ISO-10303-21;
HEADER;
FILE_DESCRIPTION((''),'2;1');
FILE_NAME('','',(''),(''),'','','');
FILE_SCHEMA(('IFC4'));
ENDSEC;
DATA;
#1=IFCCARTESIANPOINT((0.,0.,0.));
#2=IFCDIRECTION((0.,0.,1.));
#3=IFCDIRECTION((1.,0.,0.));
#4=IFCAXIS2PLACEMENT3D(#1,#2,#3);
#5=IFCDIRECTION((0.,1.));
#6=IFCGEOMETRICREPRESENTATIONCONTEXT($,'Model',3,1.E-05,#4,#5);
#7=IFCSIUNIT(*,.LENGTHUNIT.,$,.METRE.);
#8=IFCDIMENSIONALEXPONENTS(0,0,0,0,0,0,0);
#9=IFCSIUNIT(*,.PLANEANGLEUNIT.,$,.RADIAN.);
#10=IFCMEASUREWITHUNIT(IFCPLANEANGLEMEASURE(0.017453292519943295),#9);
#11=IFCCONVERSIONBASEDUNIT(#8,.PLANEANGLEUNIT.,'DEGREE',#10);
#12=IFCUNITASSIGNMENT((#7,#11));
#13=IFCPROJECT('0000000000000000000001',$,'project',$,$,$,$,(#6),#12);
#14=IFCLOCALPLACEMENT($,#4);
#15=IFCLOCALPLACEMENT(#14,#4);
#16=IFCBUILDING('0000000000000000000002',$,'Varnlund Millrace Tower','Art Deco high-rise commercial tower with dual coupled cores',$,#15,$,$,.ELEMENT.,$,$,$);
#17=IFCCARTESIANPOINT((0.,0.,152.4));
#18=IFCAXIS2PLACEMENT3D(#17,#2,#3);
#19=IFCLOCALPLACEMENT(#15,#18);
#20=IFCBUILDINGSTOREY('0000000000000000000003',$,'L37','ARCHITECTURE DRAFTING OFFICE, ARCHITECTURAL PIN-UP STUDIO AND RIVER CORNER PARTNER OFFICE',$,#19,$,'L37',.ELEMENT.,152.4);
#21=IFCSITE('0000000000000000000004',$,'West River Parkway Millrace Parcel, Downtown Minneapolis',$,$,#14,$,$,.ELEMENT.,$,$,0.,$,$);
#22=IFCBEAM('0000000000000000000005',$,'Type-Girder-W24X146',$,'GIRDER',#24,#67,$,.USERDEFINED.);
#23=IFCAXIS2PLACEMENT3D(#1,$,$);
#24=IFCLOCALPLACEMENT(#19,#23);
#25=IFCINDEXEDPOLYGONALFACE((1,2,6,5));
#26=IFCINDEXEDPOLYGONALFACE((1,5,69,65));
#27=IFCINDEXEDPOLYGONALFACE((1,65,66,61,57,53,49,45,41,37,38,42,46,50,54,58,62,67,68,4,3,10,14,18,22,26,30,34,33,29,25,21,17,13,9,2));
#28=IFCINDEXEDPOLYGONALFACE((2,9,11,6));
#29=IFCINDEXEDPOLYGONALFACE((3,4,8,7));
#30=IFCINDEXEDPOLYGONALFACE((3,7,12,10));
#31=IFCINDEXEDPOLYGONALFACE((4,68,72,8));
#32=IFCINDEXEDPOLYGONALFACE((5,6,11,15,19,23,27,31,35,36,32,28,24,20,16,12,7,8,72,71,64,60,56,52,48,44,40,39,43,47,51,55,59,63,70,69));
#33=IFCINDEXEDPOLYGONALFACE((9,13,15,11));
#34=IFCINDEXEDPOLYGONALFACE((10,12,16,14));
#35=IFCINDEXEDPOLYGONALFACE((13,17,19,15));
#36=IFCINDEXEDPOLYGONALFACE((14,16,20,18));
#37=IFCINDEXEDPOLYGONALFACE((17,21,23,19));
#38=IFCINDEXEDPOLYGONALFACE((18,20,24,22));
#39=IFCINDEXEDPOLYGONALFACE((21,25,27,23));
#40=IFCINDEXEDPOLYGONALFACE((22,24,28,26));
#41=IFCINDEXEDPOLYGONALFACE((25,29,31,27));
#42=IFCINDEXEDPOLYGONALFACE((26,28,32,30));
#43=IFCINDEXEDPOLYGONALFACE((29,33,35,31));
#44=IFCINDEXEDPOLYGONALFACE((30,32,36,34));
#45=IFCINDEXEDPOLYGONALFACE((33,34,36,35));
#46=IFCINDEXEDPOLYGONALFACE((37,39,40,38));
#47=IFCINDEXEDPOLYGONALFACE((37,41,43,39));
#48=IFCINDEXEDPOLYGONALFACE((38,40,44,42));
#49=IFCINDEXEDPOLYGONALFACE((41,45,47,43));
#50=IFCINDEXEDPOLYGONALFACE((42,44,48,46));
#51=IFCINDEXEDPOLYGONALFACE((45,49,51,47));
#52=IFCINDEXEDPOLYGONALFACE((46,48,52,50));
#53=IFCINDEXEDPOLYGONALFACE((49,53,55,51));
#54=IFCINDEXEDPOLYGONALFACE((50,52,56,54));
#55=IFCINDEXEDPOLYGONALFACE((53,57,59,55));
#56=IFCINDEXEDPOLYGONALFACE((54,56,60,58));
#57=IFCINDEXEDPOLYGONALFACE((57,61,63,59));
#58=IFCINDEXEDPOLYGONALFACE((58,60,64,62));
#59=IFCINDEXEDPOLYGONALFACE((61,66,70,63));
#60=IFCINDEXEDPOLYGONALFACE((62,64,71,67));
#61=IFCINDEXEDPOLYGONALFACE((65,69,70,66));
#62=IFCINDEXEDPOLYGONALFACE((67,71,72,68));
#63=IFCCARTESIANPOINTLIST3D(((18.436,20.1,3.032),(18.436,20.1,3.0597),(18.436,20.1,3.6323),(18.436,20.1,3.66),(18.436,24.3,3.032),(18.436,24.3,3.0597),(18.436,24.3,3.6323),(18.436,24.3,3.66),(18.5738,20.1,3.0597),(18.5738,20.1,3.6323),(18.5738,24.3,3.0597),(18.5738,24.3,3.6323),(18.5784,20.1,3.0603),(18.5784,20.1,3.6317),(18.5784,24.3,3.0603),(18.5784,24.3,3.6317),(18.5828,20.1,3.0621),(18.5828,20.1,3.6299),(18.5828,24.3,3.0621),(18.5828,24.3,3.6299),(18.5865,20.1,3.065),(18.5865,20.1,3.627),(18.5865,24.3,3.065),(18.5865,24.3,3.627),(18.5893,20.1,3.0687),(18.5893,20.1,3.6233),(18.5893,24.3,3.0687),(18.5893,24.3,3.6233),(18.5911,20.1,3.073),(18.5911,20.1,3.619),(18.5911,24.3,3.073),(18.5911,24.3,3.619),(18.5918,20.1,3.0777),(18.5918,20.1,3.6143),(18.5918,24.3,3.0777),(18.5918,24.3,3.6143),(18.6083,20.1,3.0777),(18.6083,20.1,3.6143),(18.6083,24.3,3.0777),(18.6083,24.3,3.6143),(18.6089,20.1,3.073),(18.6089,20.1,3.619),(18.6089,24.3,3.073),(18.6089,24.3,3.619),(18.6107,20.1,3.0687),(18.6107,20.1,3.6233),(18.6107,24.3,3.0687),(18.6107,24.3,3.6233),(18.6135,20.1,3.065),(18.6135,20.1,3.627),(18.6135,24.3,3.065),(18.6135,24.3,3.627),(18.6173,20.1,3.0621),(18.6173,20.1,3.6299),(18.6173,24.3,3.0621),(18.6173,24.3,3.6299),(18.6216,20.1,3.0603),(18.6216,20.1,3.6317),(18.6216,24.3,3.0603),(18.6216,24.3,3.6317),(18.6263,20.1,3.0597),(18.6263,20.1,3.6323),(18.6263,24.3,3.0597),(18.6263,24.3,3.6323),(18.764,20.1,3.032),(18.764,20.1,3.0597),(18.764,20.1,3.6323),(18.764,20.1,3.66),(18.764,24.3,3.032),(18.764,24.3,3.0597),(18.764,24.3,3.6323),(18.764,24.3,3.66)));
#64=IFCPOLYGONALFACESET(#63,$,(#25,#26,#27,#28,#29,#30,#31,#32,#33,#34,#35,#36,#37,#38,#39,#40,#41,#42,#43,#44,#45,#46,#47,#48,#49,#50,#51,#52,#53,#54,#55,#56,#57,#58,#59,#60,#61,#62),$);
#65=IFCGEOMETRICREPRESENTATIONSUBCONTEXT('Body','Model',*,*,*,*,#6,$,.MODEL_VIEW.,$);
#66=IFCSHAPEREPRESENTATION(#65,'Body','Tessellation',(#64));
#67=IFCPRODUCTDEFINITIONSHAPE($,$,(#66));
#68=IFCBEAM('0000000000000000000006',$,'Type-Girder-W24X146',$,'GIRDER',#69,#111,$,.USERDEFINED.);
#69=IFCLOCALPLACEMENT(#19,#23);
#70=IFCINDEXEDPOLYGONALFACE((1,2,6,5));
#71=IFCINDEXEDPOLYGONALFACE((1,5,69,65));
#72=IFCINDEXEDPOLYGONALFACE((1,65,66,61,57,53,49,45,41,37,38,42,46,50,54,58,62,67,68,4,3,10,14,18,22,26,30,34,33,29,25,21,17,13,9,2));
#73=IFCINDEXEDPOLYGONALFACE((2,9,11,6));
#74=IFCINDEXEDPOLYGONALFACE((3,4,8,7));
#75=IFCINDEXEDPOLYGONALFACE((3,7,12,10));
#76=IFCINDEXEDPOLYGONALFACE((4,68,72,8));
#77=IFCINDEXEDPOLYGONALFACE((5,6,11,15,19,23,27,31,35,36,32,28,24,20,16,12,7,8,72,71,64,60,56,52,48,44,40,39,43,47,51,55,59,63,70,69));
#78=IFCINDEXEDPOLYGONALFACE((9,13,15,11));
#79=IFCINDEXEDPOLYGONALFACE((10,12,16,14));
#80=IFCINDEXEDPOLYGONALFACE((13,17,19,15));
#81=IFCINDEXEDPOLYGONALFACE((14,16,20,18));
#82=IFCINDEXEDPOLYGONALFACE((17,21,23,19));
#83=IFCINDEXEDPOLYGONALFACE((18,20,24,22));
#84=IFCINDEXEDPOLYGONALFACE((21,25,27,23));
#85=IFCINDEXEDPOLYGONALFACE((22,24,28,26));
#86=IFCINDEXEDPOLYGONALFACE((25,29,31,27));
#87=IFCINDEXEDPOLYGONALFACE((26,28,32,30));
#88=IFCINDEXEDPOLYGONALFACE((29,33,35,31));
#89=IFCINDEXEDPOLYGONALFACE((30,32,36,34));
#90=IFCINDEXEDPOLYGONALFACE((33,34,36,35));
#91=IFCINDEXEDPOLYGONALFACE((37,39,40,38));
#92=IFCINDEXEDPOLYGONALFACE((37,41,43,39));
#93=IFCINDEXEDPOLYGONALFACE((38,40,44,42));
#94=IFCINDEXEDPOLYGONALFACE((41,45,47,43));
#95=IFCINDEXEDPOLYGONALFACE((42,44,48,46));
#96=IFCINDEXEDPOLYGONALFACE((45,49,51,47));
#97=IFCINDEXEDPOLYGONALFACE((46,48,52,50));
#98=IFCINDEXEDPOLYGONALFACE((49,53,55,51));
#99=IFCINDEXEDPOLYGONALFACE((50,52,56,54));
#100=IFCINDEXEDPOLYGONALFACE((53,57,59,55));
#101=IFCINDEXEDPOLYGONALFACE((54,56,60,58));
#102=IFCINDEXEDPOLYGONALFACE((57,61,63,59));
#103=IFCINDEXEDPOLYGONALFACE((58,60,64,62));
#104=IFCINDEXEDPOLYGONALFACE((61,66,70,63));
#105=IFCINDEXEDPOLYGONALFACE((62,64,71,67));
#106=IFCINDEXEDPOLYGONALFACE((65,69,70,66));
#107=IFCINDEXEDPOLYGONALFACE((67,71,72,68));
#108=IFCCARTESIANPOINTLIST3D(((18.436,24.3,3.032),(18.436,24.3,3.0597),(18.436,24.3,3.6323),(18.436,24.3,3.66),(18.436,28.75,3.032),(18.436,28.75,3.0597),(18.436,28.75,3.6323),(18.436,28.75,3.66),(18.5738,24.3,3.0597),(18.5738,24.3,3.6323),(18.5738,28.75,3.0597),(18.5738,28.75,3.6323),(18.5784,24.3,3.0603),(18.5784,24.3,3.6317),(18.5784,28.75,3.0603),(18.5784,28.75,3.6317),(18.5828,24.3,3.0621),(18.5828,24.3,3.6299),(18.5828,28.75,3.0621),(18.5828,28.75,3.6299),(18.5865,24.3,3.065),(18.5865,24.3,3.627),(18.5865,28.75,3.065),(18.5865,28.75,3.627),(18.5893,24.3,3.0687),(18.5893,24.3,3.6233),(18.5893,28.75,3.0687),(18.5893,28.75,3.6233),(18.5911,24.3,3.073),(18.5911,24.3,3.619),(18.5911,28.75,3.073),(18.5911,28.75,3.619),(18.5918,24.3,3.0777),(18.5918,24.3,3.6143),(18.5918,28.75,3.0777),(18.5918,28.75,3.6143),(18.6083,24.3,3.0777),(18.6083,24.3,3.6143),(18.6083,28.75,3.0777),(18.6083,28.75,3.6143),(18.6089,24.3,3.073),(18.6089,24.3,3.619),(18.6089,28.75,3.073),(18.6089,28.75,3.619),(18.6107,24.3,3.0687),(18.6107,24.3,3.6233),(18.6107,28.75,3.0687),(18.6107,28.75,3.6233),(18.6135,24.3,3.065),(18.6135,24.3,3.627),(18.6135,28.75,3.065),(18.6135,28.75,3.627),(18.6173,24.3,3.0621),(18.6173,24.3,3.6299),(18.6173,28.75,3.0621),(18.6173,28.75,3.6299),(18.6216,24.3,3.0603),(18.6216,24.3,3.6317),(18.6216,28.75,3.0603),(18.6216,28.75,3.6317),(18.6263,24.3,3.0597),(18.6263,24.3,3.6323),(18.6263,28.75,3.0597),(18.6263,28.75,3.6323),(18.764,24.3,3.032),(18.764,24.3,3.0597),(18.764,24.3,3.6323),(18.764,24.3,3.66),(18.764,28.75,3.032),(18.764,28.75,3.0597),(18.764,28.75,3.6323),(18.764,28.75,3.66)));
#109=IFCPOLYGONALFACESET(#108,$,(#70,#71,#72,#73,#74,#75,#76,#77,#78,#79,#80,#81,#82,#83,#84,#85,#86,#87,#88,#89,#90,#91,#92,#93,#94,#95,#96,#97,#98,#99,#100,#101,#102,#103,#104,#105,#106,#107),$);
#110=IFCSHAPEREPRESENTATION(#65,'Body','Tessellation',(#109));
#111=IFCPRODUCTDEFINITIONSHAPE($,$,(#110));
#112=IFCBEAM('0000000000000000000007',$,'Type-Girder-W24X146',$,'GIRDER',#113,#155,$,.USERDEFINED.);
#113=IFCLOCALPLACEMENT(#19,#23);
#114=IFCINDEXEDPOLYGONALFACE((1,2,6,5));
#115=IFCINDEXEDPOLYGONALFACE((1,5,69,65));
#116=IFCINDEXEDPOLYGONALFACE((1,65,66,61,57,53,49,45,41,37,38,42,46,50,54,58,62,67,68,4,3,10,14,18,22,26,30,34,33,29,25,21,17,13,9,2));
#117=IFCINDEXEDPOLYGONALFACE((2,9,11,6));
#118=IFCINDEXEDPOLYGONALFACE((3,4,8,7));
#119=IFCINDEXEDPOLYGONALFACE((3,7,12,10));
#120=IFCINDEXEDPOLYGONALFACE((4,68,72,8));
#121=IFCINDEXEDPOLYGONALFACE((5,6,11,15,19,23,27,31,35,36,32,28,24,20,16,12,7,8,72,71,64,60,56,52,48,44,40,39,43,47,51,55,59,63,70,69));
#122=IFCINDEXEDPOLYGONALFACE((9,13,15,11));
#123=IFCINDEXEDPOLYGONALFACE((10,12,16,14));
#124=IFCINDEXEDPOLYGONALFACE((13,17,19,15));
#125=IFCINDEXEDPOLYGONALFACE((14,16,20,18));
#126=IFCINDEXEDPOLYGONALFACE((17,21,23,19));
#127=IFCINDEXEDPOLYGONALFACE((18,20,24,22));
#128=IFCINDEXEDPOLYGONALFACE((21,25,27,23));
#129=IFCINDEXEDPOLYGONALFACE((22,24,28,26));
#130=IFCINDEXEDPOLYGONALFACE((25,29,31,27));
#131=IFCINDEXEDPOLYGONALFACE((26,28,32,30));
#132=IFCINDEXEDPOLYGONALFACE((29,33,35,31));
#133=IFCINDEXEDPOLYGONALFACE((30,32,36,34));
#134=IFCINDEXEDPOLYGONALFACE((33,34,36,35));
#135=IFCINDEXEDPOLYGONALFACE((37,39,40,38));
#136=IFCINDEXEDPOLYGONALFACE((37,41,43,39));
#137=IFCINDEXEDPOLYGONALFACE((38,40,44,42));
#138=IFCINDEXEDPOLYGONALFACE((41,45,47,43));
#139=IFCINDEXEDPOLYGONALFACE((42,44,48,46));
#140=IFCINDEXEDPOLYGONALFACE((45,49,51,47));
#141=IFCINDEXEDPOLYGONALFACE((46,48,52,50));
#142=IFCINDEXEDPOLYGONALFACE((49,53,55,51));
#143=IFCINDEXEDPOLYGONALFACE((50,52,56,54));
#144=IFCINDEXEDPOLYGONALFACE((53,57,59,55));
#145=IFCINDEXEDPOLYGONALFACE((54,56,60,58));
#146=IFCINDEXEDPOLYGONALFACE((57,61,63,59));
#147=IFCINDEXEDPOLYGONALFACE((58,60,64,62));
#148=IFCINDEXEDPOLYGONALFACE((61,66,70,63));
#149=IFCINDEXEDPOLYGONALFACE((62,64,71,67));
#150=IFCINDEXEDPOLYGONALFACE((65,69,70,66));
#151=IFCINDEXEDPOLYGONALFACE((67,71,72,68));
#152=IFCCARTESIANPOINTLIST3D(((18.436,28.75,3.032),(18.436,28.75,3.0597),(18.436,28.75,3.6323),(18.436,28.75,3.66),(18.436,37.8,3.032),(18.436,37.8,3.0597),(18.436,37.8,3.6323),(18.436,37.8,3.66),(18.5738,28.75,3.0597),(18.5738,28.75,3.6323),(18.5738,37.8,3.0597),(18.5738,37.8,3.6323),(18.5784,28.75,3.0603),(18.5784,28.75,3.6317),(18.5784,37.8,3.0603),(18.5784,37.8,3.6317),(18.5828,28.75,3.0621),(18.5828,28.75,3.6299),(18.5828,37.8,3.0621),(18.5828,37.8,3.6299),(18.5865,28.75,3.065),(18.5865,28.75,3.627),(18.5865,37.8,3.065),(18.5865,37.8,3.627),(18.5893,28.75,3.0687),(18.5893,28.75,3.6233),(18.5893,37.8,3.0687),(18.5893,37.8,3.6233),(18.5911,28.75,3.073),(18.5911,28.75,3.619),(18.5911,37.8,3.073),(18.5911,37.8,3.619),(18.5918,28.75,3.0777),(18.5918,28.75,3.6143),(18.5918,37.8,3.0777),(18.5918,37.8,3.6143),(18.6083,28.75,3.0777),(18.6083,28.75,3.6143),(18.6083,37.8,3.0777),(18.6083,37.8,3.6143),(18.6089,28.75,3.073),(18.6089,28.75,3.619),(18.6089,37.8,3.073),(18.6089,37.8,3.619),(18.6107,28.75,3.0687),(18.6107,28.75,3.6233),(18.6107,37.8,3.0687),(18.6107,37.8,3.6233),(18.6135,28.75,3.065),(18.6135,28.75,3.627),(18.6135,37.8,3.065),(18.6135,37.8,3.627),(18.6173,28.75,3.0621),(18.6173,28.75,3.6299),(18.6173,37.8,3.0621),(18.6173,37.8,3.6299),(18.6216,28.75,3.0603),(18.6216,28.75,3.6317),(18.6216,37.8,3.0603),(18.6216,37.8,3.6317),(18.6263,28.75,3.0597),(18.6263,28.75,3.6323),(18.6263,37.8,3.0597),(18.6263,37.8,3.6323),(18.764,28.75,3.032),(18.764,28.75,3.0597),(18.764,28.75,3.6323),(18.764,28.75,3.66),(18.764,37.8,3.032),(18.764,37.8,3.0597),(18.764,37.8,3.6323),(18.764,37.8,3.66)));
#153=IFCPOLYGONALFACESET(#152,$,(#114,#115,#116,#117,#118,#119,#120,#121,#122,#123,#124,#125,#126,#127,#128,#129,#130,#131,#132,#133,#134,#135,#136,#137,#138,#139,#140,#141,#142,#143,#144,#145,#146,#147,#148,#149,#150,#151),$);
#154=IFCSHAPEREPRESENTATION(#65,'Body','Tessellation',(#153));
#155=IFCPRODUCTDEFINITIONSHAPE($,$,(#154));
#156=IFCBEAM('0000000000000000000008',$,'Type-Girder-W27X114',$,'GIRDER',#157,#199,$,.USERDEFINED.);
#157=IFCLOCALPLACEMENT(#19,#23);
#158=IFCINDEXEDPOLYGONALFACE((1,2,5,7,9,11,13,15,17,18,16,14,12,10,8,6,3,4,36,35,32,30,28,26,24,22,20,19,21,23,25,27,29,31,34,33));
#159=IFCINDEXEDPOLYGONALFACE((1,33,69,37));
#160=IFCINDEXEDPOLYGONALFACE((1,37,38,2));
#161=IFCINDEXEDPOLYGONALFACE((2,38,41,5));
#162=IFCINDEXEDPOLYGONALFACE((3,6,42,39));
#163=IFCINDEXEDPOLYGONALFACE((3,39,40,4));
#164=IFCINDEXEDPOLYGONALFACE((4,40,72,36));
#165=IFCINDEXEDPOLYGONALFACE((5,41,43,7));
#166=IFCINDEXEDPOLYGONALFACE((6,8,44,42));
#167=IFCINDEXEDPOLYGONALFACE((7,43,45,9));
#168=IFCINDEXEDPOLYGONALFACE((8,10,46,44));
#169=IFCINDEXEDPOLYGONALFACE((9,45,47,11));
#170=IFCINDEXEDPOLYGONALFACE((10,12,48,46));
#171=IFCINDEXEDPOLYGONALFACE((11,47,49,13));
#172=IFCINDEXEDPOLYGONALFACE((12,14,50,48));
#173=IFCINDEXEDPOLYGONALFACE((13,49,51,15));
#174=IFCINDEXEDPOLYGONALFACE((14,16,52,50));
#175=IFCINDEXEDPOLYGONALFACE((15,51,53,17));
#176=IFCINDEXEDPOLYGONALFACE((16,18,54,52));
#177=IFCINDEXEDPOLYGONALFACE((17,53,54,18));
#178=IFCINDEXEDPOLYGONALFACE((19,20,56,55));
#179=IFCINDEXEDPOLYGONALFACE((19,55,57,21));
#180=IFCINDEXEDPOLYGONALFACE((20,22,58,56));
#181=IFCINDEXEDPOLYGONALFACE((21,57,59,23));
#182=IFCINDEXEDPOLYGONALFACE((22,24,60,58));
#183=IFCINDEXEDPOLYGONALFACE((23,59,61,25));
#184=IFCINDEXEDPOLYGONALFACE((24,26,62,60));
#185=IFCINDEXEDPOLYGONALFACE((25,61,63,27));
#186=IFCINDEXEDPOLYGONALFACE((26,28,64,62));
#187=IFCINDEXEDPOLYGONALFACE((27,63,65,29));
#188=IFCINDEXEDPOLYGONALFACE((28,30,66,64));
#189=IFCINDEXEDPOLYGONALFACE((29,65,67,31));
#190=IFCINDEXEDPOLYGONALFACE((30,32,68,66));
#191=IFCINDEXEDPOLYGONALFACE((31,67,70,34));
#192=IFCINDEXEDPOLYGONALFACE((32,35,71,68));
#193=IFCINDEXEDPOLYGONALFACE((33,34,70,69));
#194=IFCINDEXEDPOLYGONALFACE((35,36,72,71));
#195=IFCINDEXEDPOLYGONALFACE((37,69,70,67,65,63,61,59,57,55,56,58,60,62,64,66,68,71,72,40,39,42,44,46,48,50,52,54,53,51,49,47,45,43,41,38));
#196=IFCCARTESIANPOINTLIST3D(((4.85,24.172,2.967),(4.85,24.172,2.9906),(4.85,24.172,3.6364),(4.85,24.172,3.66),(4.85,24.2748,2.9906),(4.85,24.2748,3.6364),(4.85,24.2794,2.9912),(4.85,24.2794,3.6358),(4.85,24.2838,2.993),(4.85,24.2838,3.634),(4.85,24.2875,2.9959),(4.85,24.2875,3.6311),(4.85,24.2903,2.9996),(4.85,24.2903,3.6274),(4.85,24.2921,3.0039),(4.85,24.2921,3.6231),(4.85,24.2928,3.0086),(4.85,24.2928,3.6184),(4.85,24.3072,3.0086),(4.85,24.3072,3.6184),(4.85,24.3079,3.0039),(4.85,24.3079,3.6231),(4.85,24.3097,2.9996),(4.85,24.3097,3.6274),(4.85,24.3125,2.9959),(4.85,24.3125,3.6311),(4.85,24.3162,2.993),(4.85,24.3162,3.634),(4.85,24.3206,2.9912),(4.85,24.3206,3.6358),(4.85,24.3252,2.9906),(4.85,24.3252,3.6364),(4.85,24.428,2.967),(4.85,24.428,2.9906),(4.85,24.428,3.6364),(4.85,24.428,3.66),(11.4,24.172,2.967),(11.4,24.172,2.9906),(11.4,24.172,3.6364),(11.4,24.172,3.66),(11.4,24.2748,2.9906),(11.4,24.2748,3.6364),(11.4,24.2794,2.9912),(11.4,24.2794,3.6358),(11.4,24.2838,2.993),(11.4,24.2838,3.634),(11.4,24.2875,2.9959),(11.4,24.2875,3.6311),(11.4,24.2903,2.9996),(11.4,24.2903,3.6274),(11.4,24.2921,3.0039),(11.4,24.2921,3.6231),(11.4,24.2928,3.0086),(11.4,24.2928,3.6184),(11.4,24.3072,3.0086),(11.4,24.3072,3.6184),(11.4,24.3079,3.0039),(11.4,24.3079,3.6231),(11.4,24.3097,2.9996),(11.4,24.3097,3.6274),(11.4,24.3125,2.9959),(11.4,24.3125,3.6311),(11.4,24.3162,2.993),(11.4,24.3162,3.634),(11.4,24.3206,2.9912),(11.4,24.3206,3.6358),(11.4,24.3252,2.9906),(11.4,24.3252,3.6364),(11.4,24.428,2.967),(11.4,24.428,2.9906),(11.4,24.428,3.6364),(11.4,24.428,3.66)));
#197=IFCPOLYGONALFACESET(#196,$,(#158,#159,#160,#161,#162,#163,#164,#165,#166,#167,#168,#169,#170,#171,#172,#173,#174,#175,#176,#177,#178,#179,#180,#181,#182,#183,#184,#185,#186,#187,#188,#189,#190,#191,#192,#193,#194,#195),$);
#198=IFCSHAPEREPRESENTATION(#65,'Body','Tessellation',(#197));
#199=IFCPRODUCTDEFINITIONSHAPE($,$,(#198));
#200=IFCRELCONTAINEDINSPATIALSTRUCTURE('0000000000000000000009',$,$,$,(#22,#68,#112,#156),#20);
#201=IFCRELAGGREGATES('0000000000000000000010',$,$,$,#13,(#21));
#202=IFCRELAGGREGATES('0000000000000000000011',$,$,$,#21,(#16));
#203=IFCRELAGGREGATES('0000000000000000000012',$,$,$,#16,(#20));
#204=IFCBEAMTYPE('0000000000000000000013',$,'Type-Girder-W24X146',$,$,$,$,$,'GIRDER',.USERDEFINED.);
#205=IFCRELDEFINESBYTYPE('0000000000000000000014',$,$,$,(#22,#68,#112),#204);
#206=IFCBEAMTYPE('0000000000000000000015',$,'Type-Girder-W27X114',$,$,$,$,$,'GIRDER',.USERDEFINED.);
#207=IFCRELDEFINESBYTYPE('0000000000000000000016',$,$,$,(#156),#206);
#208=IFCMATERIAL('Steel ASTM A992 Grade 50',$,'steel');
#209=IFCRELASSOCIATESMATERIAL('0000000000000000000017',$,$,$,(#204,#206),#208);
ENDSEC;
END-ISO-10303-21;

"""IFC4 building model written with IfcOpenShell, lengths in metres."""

from ifc_helpers import new_model, entity, si_unit, converted_unit, direction, frame, origin_with_axes, origin_2d_with_axis, place, context, subcontext, project, spatial, i_section, extrude, material, material_profile, profile_set, type_object, element, save


model = new_model("IFC4")

# Units and contexts
model_context = context("Model", 3, precision=1e-05, world=origin_with_axes(), true_north=direction((0.0, 1.0)))
body_context = subcontext(model_context, "Body", "Model", "MODEL_VIEW")
ifc_project = project(units=[si_unit("LENGTHUNIT", "METRE"), converted_unit("PLANEANGLEUNIT", "DEGREE", entity("IfcPlaneAngleMeasure", 0.017453292519943295), si_unit("PLANEANGLEUNIT", "RADIAN"), dimensions=[0, 0, 0, 0, 0, 0, 0])], contexts=[model_context])

# Site, building, storey
site_placement = place(None, origin_with_axes())
site = spatial("IfcSite", under=ifc_project, at=site_placement, Name="West River Parkway Millrace Parcel, Downtown Minneapolis", CompositionType="ELEMENT", RefElevation=0.0)
building_placement = place(site_placement, origin_with_axes())
building = spatial("IfcBuilding", under=site, at=building_placement, Name="Varnlund Millrace Tower", Description="Art Deco high-rise commercial tower with dual coupled cores", CompositionType="ELEMENT")
storey_placement = place(building_placement, frame((0.0, 0.0, 152.4), z_axis=(0.0, 0.0, 1.0), x_axis=(1.0, 0.0, 0.0)))
storey = spatial("IfcBuildingStorey", under=building, at=storey_placement, Name="L37", Description="ARCHITECTURE DRAFTING OFFICE, ARCHITECTURAL PIN-UP STUDIO AND RIVER CORNER PARTNER OFFICE", LongName="L37", CompositionType="ELEMENT", Elevation=152.4)

# Beams
ifc_material_1 = material(Name="Steel ASTM A992 Grade 50", Category="steel")
ifc_material_profile_1 = material_profile(ifc_material_1, i_section(OverallWidth=0.328, OverallDepth=0.628, WebThickness=0.0165, FlangeThickness=0.0277, FilletRadius=0.018, at=origin_2d_with_axis()), Name="Steel ASTM A992 Grade 50")
ifc_profile_set_1 = profile_set([ifc_material_profile_1], Name="Steel ASTM A992 Grade 50")
beam_type_1 = type_object("IfcBeamType", Name="Type-Girder-W24X146", ElementType="GIRDER", PredefinedType="USERDEFINED", material=ifc_profile_set_1)
beam_1_placement = place(storey_placement, frame((18.6, 20.1, 3.346), z_axis=(0.0, 1.0, 0.0), x_axis=(-1.0, 0.0, 0.0)))
element("IfcBeam", 1, at=beam_1_placement, inside=storey, type_object=beam_type_1, Name="Type-Girder-W24X146", ObjectType="GIRDER", PredefinedType="USERDEFINED", context=body_context, shape_type="SweptSolid", body=[
    extrude(i_section(OverallWidth=0.328, OverallDepth=0.628, WebThickness=0.0165, FlangeThickness=0.0277, FilletRadius=0.018, at=origin_2d_with_axis()), origin_with_axes(), (0.0, 0.0, 1.0), 4.2),
])
beam_2_placement = place(storey_placement, frame((18.6, 24.3, 3.346), z_axis=(0.0, 1.0, 0.0), x_axis=(-1.0, 0.0, 0.0)))
element("IfcBeam", 2, at=beam_2_placement, inside=storey, type_object=beam_type_1, Name="Type-Girder-W24X146", ObjectType="GIRDER", PredefinedType="USERDEFINED", context=body_context, shape_type="SweptSolid", body=[
    extrude(i_section(OverallWidth=0.328, OverallDepth=0.628, WebThickness=0.0165, FlangeThickness=0.0277, FilletRadius=0.018, at=origin_2d_with_axis()), origin_with_axes(), (0.0, 0.0, 1.0), 4.45),
])
beam_3_placement = place(storey_placement, frame((18.6, 28.75, 3.346), z_axis=(0.0, 1.0, 0.0), x_axis=(-1.0, 0.0, 0.0)))
element("IfcBeam", 3, at=beam_3_placement, inside=storey, type_object=beam_type_1, Name="Type-Girder-W24X146", ObjectType="GIRDER", PredefinedType="USERDEFINED", context=body_context, shape_type="SweptSolid", body=[
    extrude(i_section(OverallWidth=0.328, OverallDepth=0.628, WebThickness=0.0165, FlangeThickness=0.0277, FilletRadius=0.018, at=origin_2d_with_axis()), origin_with_axes(), (0.0, 0.0, 1.0), 9.05),
])
ifc_material_profile_2 = material_profile(ifc_material_1, i_section(OverallWidth=0.256, OverallDepth=0.693, WebThickness=0.0145, FlangeThickness=0.0236, FilletRadius=0.018, at=origin_2d_with_axis()), Name="Steel ASTM A992 Grade 50")
ifc_profile_set_2 = profile_set([ifc_material_profile_2], Name="Steel ASTM A992 Grade 50")
beam_type_2 = type_object("IfcBeamType", Name="Type-Girder-W27X114", ElementType="GIRDER", PredefinedType="USERDEFINED", material=ifc_profile_set_2)
beam_4_placement = place(storey_placement, frame((4.85, 24.3, 3.3135), z_axis=(1.0, 0.0, 0.0), x_axis=(0.0, 1.0, 0.0)))
element("IfcBeam", 4, at=beam_4_placement, inside=storey, type_object=beam_type_2, Name="Type-Girder-W27X114", ObjectType="GIRDER", PredefinedType="USERDEFINED", context=body_context, shape_type="SweptSolid", body=[
    extrude(i_section(OverallWidth=0.256, OverallDepth=0.693, WebThickness=0.0145, FlangeThickness=0.0236, FilletRadius=0.018, at=origin_2d_with_axis()), origin_with_axes(), (0.0, 0.0, 1.0), 6.55),
])

save(model, "model.ifc")
